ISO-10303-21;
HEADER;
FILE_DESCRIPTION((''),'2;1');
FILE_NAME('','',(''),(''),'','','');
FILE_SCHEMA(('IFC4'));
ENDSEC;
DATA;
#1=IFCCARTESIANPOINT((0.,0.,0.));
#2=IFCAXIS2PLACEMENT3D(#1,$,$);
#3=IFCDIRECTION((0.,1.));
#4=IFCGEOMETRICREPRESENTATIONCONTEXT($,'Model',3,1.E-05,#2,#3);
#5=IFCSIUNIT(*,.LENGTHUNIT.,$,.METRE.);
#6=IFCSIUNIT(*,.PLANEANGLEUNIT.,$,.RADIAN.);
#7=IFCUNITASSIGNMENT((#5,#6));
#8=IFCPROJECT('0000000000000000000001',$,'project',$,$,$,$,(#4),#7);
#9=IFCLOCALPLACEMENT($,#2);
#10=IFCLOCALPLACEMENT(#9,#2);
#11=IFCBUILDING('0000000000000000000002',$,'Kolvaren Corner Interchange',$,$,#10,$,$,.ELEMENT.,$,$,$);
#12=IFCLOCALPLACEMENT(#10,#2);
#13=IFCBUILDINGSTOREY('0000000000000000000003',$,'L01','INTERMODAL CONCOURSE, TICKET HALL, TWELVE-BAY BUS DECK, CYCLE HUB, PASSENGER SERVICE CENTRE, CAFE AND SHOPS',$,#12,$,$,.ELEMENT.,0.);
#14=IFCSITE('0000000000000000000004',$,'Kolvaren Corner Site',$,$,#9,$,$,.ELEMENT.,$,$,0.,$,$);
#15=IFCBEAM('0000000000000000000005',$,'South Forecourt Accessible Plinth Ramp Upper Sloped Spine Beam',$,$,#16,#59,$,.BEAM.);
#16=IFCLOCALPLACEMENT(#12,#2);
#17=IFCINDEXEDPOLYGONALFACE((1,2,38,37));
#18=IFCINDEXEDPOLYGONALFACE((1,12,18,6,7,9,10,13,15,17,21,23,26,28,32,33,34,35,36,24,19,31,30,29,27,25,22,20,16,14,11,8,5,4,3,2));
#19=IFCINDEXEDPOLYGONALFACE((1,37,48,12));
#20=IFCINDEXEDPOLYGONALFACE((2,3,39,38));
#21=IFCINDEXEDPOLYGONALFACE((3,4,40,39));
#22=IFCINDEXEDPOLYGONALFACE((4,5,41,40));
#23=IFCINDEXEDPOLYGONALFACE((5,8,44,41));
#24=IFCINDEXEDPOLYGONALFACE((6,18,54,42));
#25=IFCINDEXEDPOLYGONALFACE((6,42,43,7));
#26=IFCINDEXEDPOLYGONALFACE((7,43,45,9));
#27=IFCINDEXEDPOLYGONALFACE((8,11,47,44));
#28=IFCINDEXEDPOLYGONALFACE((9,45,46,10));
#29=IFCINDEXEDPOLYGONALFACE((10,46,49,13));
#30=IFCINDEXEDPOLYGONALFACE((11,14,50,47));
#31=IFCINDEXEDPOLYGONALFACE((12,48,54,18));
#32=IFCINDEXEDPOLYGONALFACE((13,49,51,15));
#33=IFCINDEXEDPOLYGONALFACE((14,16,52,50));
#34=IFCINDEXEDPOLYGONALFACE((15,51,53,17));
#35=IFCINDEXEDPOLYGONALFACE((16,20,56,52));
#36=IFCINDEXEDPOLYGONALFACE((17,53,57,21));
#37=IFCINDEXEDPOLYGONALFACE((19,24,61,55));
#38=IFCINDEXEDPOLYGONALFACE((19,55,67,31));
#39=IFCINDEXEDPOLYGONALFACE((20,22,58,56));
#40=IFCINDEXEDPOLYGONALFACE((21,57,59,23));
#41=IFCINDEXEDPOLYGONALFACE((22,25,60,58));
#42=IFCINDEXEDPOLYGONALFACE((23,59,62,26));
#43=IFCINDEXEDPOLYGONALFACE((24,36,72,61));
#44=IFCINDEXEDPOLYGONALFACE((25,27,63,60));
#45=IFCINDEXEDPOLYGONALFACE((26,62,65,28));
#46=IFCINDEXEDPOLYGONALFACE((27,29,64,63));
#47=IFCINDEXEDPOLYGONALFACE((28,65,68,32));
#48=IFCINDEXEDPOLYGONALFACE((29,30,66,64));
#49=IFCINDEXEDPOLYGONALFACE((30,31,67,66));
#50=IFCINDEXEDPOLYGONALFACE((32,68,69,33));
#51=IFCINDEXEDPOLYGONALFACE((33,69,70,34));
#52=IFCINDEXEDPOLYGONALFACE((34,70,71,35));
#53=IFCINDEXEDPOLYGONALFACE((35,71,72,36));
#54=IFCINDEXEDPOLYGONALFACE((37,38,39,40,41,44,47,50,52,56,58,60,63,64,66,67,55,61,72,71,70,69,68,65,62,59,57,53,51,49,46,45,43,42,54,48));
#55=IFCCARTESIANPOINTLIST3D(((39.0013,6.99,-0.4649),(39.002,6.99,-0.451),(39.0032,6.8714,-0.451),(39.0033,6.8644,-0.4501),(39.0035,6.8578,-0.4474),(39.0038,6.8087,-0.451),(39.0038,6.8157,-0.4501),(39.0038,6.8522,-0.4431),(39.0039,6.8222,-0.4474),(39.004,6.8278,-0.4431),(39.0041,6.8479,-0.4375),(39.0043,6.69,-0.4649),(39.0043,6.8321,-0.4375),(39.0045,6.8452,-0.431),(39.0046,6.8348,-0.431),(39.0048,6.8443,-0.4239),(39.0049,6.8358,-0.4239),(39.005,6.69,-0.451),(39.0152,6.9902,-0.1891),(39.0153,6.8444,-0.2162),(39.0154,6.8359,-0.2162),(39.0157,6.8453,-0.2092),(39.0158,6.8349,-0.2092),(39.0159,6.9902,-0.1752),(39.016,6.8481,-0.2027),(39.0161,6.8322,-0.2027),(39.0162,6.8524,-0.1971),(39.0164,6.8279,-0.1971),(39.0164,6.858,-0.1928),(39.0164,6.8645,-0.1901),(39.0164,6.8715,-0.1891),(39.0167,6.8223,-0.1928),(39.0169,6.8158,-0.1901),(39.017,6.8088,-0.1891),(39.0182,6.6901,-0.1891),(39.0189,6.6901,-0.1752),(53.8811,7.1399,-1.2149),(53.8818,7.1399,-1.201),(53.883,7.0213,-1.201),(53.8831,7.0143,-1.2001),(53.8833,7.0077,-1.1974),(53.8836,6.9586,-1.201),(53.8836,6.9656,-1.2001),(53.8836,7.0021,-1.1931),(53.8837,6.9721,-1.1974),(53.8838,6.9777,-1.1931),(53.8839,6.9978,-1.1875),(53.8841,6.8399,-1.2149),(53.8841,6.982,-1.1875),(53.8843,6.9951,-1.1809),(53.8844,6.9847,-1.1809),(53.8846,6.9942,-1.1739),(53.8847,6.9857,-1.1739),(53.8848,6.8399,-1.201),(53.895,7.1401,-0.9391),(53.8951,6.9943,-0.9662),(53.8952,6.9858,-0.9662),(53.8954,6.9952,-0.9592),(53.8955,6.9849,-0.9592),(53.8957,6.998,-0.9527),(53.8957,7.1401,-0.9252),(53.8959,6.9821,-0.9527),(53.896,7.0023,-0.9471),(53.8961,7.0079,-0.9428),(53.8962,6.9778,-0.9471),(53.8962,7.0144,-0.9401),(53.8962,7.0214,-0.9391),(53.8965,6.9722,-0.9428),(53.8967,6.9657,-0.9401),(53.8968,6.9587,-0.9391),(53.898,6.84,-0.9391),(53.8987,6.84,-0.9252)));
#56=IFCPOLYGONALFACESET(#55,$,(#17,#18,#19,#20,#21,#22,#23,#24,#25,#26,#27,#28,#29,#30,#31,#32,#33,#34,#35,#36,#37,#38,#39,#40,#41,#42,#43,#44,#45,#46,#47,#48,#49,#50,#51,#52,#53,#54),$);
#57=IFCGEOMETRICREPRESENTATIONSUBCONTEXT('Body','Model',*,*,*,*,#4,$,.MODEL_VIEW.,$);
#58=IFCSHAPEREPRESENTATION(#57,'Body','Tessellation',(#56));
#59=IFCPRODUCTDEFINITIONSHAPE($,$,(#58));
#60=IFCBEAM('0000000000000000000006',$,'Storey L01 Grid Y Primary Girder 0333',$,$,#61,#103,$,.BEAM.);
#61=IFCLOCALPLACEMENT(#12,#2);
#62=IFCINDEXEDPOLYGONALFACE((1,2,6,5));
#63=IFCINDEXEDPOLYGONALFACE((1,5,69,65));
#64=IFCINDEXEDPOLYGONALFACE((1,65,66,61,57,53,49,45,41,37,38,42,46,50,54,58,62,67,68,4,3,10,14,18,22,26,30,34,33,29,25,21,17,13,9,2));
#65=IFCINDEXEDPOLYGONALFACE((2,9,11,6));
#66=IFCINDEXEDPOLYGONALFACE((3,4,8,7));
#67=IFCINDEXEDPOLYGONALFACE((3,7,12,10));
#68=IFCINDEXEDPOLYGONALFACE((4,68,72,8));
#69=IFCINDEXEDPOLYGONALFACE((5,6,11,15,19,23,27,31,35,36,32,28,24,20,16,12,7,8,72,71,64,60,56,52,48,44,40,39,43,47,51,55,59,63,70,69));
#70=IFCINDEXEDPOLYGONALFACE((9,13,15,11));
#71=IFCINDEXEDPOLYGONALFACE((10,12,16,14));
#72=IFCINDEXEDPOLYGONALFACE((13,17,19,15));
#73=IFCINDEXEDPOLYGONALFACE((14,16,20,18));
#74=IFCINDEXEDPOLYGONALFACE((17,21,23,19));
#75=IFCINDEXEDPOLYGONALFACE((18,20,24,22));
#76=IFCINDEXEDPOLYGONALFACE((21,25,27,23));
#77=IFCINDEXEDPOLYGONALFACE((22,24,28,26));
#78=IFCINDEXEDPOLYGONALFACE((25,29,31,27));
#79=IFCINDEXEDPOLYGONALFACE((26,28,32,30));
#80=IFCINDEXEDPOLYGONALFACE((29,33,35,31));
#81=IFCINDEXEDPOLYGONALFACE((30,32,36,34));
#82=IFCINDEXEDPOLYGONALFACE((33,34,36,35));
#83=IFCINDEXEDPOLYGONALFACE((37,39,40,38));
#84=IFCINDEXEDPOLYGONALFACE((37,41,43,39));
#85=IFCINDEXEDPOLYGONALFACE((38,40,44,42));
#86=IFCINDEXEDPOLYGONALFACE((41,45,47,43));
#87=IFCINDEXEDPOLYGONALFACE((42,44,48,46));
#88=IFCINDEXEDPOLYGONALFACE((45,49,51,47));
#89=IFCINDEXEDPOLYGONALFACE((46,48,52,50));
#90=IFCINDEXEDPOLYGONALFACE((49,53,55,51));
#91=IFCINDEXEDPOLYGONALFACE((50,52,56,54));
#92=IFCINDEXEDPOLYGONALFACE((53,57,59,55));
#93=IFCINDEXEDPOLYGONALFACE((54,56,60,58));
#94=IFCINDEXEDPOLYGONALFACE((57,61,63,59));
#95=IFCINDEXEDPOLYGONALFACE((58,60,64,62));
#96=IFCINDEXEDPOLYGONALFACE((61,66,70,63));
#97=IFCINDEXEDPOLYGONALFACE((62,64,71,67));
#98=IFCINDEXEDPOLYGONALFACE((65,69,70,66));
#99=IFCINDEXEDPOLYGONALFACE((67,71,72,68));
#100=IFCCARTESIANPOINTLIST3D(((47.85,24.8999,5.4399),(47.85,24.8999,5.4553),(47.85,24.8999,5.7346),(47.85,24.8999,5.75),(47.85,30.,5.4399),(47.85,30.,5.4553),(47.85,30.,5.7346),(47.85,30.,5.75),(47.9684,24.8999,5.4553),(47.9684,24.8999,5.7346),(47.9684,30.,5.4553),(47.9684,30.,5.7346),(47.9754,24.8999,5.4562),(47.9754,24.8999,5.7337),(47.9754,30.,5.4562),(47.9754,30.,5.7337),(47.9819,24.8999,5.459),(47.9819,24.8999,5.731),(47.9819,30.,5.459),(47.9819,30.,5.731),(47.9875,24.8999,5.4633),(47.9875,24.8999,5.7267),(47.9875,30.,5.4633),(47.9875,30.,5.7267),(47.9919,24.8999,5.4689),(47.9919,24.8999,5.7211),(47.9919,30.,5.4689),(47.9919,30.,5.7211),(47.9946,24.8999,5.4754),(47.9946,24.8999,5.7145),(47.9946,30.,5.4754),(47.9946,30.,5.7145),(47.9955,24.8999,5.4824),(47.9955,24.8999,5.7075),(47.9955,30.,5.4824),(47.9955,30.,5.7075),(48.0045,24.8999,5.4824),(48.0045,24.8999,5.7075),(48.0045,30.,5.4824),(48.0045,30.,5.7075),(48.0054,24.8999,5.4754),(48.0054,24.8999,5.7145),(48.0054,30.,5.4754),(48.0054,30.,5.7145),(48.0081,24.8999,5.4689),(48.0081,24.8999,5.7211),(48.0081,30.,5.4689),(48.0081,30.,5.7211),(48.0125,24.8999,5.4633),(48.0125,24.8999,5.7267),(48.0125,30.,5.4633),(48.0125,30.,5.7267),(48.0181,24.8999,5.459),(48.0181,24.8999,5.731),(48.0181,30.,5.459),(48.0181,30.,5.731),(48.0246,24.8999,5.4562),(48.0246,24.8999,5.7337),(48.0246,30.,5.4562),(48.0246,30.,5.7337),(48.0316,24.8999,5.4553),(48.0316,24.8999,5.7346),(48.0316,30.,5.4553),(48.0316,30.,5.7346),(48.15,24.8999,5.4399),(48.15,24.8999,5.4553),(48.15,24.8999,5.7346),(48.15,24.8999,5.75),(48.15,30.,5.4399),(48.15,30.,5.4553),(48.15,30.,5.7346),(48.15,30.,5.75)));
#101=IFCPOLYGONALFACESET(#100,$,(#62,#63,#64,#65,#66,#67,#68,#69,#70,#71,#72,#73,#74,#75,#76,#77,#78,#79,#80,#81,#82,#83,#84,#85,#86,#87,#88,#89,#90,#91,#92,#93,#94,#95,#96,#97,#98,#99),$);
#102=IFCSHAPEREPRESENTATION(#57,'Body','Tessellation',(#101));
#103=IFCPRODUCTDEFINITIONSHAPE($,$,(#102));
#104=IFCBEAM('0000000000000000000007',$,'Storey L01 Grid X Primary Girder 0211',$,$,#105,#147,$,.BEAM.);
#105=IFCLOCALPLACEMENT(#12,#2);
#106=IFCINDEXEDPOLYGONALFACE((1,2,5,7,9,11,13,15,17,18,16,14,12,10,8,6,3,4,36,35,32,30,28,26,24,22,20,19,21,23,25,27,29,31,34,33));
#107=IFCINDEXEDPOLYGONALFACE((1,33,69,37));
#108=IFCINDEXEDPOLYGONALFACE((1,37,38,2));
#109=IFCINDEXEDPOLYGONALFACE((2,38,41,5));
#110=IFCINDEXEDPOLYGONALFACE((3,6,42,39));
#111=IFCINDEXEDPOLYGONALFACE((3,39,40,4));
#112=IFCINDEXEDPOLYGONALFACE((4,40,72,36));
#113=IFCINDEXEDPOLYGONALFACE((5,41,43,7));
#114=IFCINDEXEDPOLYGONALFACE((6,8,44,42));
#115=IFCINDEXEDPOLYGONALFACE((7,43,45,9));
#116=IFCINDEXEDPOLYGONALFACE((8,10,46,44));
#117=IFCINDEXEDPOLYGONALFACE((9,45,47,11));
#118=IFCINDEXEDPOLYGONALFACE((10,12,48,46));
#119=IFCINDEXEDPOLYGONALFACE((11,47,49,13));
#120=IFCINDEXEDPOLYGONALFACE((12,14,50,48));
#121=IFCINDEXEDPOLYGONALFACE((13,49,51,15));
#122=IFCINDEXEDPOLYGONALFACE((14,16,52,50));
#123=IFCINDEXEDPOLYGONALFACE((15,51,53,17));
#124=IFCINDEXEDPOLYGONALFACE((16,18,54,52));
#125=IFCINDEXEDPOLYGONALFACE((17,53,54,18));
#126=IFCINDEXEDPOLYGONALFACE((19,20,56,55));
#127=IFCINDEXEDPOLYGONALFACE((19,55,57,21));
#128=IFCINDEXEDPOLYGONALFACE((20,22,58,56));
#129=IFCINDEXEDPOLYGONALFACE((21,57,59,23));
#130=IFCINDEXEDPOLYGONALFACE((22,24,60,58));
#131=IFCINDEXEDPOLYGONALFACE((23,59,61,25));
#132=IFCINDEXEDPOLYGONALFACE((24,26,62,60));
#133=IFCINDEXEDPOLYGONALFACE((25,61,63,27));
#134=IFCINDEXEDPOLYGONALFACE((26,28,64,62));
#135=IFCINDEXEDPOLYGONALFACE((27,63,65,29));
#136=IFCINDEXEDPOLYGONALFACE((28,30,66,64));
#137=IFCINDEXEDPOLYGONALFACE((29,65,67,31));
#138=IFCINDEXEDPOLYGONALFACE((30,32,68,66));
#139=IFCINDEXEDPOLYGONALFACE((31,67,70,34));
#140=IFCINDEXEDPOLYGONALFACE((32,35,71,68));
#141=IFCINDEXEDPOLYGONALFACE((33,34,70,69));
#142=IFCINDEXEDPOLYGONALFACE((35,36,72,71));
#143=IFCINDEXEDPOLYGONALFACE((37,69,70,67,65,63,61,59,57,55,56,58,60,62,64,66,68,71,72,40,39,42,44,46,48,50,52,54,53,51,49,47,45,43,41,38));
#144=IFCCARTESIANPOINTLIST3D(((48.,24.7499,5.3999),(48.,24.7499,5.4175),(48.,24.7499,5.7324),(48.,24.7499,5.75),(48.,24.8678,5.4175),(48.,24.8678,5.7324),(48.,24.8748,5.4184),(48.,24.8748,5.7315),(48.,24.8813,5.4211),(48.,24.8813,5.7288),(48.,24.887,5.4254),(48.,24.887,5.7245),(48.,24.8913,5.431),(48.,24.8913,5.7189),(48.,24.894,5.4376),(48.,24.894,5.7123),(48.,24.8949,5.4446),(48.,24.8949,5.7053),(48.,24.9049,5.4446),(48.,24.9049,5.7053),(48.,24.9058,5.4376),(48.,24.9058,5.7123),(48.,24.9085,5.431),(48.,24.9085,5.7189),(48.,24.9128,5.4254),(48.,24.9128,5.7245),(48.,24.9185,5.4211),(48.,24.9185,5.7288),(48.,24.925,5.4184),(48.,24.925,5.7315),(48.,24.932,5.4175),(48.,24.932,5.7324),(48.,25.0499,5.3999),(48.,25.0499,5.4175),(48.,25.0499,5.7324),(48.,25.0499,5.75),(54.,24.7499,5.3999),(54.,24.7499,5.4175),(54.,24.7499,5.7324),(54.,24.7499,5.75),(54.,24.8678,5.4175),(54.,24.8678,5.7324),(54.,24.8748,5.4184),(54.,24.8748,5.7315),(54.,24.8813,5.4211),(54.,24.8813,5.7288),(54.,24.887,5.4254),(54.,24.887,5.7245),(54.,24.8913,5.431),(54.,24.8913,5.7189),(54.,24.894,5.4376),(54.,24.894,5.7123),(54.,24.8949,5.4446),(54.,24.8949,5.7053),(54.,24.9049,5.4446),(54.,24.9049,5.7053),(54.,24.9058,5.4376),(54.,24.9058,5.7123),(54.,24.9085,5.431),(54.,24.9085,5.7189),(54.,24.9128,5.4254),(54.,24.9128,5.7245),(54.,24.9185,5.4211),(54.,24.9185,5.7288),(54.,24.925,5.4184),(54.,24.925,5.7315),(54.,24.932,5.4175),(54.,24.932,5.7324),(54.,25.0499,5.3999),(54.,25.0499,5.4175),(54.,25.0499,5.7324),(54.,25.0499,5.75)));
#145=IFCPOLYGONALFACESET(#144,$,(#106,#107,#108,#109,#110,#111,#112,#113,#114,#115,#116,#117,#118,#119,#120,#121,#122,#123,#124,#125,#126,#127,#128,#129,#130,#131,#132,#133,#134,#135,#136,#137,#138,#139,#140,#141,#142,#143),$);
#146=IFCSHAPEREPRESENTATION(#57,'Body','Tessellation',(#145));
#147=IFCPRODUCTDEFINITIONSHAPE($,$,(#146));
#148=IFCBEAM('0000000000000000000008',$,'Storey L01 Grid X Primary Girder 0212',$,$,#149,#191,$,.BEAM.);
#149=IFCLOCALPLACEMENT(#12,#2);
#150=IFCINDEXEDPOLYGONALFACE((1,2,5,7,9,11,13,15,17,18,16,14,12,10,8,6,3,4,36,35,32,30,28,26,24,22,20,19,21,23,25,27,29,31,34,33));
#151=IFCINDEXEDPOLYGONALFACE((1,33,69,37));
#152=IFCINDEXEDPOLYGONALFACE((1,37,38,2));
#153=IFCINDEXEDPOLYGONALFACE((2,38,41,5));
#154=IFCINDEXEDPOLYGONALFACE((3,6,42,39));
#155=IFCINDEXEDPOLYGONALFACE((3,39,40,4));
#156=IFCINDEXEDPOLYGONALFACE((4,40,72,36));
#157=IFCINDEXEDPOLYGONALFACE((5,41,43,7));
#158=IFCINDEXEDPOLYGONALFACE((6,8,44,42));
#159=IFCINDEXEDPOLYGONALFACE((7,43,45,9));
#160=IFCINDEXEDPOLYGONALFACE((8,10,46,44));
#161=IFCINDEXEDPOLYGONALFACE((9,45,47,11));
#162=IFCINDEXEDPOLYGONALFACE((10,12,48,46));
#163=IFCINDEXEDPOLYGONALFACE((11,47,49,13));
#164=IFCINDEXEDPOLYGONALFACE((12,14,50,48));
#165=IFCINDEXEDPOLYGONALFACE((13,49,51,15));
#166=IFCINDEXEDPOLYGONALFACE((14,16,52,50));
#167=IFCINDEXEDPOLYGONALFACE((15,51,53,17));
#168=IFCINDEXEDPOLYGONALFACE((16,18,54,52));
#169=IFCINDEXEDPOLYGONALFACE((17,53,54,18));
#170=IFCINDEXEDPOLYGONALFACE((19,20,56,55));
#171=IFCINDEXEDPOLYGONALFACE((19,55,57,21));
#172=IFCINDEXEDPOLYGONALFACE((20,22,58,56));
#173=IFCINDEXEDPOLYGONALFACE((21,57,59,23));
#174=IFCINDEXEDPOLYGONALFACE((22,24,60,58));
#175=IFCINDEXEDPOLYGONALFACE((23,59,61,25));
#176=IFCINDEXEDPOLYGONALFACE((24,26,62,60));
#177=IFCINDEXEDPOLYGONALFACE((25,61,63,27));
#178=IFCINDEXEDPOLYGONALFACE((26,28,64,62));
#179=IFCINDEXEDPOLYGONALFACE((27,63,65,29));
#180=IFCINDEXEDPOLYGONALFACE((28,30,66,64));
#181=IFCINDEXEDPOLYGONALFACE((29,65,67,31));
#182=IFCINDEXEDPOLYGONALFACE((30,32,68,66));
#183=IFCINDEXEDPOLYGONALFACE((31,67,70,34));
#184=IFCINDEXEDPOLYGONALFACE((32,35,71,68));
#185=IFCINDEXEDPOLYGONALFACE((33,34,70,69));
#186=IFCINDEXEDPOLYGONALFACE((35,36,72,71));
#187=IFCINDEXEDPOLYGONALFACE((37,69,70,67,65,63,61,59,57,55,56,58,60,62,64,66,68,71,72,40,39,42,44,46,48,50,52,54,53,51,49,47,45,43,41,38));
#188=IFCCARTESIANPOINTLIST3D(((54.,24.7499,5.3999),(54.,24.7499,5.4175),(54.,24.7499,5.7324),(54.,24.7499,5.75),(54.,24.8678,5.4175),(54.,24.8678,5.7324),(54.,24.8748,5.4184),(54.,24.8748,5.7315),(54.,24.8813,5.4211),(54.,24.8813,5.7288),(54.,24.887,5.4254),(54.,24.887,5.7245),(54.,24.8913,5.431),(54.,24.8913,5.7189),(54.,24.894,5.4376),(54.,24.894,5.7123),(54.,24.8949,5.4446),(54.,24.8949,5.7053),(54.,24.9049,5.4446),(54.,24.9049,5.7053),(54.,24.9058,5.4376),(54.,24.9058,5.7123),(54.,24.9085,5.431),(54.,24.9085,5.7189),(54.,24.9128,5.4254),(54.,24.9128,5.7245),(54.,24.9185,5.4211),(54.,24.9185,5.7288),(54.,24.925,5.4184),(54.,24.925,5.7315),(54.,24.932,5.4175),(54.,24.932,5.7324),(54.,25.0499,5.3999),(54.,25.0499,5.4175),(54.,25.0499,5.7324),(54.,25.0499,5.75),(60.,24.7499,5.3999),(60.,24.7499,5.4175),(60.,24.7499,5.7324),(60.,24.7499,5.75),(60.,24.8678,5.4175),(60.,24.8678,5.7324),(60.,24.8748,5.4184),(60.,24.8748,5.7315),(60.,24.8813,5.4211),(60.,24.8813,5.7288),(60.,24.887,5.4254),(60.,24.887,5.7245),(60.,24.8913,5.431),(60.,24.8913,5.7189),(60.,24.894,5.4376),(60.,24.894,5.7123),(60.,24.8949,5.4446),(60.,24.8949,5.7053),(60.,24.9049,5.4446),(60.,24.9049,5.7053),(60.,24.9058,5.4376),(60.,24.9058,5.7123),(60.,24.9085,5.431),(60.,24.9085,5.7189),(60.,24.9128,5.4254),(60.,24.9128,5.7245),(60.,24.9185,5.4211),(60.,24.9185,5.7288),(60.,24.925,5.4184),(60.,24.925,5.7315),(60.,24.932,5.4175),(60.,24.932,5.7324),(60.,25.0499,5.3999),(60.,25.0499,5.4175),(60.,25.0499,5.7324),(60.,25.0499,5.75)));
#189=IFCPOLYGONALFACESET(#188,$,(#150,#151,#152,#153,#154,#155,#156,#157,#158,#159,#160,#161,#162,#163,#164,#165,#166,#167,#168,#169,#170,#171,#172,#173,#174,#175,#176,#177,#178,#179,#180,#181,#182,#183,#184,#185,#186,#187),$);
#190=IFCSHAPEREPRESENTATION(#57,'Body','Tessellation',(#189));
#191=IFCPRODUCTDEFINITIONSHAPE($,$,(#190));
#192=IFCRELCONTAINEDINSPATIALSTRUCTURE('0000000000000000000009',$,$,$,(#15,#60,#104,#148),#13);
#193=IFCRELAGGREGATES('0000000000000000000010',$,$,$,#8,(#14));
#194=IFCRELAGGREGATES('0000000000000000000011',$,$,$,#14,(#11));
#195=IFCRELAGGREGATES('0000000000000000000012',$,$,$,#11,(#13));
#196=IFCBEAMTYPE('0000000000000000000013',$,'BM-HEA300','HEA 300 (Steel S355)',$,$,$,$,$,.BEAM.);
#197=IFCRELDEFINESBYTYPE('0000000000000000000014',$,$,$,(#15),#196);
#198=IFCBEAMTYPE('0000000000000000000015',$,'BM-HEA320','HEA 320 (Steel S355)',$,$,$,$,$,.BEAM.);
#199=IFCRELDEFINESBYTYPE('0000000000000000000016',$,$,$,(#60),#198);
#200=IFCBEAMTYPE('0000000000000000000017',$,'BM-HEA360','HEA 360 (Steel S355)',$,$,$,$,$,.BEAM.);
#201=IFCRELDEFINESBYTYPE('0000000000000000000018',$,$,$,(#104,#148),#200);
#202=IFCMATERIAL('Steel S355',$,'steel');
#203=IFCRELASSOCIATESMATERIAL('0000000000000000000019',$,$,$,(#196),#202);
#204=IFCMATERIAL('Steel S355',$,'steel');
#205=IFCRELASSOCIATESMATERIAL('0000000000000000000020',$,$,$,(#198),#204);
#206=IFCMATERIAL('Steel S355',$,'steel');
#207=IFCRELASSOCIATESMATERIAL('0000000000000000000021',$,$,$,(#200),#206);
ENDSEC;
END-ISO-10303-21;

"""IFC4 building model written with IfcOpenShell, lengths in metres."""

from ifc_helpers import new_model, si_unit, direction, frame, origin, origin_2d, place, context, subcontext, project, spatial, i_section, extrude, material, material_profile, profile_set, type_object, element, save


model = new_model("IFC4")

# Units and contexts
model_context = context("Model", 3, precision=1e-05, world=origin(), true_north=direction((0.0, 1.0)))
body_context = subcontext(model_context, "Body", "Model", "MODEL_VIEW")
ifc_project = project(units=[si_unit("LENGTHUNIT", "METRE"), si_unit("PLANEANGLEUNIT", "RADIAN")], contexts=[model_context])

# Site, building, storey
site_placement = place(None, origin())
site = spatial("IfcSite", under=ifc_project, at=site_placement, Name="Kolvaren Corner Site", CompositionType="ELEMENT", RefElevation=0.0)
building_placement = place(site_placement, origin())
building = spatial("IfcBuilding", under=site, at=building_placement, Name="Kolvaren Corner Interchange", CompositionType="ELEMENT")
storey_placement = place(building_placement, origin())
storey = spatial("IfcBuildingStorey", under=building, at=storey_placement, Name="L01", Description="INTERMODAL CONCOURSE, TICKET HALL, TWELVE-BAY BUS DECK, CYCLE HUB, PASSENGER SERVICE CENTRE, CAFE AND SHOPS", CompositionType="ELEMENT", Elevation=0.0)

# Beams
ifc_material_1 = material(Name="Steel S355", Category="steel")
ifc_material_profile_1 = material_profile(ifc_material_1, i_section(OverallWidth=0.3, OverallDepth=0.29, WebThickness=0.0085, FlangeThickness=0.0139, FilletRadius=0.0271, at=origin_2d()), Name="HEA 300")
ifc_profile_set_1 = profile_set([ifc_material_profile_1], Name="Steel S355")
beam_type_1 = type_object("IfcBeamType", Name="BM-HEA300", Description="HEA 300 (Steel S355)", PredefinedType="BEAM", material=ifc_profile_set_1)
beam_1_placement = place(storey_placement, frame((53.8899, 6.99, -1.0701), z_axis=(-0.998682, -0.010061, 0.050337), x_axis=(0.010074, -0.999949, 0.0)))
element("IfcBeam", 1, at=beam_1_placement, inside=storey, type_object=beam_type_1, Name="South Forecourt Accessible Plinth Ramp Upper Sloped Spine Beam", PredefinedType="BEAM", context=body_context, shape_type="SweptSolid", body=[
    extrude(i_section(OverallWidth=0.3, OverallDepth=0.29, WebThickness=0.0085, FlangeThickness=0.0139, FilletRadius=0.0271, at=origin_2d()), origin(), (0.0, 0.0, 1.0), 14.8994),
])
ifc_material_2 = material(Name="Steel S355", Category="steel")
ifc_material_profile_2 = material_profile(ifc_material_2, i_section(OverallWidth=0.3, OverallDepth=0.3101, WebThickness=0.009, FlangeThickness=0.0154, FilletRadius=0.0271, at=origin_2d()), Name="HEA 320")
ifc_profile_set_2 = profile_set([ifc_material_profile_2], Name="Steel S355")
beam_type_2 = type_object("IfcBeamType", Name="BM-HEA320", Description="HEA 320 (Steel S355)", PredefinedType="BEAM", material=ifc_profile_set_2)
beam_2_placement = place(storey_placement, frame((48.0, 24.8999, 5.595), z_axis=(0.0, 1.0, 0.0), x_axis=(-1.0, 0.0, 0.0)))
element("IfcBeam", 2, at=beam_2_placement, inside=storey, type_object=beam_type_2, Name="Storey L01 Grid Y Primary Girder 0333", PredefinedType="BEAM", context=body_context, shape_type="SweptSolid", body=[
    extrude(i_section(OverallWidth=0.3, OverallDepth=0.3101, WebThickness=0.009, FlangeThickness=0.0154, FilletRadius=0.0271, at=origin_2d()), origin(), (0.0, 0.0, 1.0), 5.1001),
])
ifc_material_3 = material(Name="Steel S355", Category="steel")
ifc_material_profile_3 = material_profile(ifc_material_3, i_section(OverallWidth=0.3, OverallDepth=0.3501, WebThickness=0.01, FlangeThickness=0.0176, FilletRadius=0.0271, at=origin_2d()), Name="HEA 360")
ifc_profile_set_3 = profile_set([ifc_material_profile_3], Name="Steel S355")
beam_type_3 = type_object("IfcBeamType", Name="BM-HEA360", Description="HEA 360 (Steel S355)", PredefinedType="BEAM", material=ifc_profile_set_3)
for number, where, z_axis, x_axis, name in (
    (3, (48.0, 24.8999, 5.575), (1.0, 0.0, 0.0), (0.0, 1.0, 0.0), "Storey L01 Grid X Primary Girder 0211"),
    (4, (54.0, 24.8999, 5.575), (1.0, 0.0, 0.0), (0.0, 1.0, 0.0), "Storey L01 Grid X Primary Girder 0212"),
):
    element("IfcBeam", number, at=place(storey_placement, frame(where, z_axis=z_axis, x_axis=x_axis)), inside=storey, type_object=beam_type_3, Name=name, PredefinedType="BEAM", context=body_context, shape_type="SweptSolid", body=[
        extrude(i_section(OverallWidth=0.3, OverallDepth=0.3501, WebThickness=0.01, FlangeThickness=0.0176, FilletRadius=0.0271, at=origin_2d()), origin(), (0.0, 0.0, 1.0), 6.0),
    ])

save(model, "model.ifc")
